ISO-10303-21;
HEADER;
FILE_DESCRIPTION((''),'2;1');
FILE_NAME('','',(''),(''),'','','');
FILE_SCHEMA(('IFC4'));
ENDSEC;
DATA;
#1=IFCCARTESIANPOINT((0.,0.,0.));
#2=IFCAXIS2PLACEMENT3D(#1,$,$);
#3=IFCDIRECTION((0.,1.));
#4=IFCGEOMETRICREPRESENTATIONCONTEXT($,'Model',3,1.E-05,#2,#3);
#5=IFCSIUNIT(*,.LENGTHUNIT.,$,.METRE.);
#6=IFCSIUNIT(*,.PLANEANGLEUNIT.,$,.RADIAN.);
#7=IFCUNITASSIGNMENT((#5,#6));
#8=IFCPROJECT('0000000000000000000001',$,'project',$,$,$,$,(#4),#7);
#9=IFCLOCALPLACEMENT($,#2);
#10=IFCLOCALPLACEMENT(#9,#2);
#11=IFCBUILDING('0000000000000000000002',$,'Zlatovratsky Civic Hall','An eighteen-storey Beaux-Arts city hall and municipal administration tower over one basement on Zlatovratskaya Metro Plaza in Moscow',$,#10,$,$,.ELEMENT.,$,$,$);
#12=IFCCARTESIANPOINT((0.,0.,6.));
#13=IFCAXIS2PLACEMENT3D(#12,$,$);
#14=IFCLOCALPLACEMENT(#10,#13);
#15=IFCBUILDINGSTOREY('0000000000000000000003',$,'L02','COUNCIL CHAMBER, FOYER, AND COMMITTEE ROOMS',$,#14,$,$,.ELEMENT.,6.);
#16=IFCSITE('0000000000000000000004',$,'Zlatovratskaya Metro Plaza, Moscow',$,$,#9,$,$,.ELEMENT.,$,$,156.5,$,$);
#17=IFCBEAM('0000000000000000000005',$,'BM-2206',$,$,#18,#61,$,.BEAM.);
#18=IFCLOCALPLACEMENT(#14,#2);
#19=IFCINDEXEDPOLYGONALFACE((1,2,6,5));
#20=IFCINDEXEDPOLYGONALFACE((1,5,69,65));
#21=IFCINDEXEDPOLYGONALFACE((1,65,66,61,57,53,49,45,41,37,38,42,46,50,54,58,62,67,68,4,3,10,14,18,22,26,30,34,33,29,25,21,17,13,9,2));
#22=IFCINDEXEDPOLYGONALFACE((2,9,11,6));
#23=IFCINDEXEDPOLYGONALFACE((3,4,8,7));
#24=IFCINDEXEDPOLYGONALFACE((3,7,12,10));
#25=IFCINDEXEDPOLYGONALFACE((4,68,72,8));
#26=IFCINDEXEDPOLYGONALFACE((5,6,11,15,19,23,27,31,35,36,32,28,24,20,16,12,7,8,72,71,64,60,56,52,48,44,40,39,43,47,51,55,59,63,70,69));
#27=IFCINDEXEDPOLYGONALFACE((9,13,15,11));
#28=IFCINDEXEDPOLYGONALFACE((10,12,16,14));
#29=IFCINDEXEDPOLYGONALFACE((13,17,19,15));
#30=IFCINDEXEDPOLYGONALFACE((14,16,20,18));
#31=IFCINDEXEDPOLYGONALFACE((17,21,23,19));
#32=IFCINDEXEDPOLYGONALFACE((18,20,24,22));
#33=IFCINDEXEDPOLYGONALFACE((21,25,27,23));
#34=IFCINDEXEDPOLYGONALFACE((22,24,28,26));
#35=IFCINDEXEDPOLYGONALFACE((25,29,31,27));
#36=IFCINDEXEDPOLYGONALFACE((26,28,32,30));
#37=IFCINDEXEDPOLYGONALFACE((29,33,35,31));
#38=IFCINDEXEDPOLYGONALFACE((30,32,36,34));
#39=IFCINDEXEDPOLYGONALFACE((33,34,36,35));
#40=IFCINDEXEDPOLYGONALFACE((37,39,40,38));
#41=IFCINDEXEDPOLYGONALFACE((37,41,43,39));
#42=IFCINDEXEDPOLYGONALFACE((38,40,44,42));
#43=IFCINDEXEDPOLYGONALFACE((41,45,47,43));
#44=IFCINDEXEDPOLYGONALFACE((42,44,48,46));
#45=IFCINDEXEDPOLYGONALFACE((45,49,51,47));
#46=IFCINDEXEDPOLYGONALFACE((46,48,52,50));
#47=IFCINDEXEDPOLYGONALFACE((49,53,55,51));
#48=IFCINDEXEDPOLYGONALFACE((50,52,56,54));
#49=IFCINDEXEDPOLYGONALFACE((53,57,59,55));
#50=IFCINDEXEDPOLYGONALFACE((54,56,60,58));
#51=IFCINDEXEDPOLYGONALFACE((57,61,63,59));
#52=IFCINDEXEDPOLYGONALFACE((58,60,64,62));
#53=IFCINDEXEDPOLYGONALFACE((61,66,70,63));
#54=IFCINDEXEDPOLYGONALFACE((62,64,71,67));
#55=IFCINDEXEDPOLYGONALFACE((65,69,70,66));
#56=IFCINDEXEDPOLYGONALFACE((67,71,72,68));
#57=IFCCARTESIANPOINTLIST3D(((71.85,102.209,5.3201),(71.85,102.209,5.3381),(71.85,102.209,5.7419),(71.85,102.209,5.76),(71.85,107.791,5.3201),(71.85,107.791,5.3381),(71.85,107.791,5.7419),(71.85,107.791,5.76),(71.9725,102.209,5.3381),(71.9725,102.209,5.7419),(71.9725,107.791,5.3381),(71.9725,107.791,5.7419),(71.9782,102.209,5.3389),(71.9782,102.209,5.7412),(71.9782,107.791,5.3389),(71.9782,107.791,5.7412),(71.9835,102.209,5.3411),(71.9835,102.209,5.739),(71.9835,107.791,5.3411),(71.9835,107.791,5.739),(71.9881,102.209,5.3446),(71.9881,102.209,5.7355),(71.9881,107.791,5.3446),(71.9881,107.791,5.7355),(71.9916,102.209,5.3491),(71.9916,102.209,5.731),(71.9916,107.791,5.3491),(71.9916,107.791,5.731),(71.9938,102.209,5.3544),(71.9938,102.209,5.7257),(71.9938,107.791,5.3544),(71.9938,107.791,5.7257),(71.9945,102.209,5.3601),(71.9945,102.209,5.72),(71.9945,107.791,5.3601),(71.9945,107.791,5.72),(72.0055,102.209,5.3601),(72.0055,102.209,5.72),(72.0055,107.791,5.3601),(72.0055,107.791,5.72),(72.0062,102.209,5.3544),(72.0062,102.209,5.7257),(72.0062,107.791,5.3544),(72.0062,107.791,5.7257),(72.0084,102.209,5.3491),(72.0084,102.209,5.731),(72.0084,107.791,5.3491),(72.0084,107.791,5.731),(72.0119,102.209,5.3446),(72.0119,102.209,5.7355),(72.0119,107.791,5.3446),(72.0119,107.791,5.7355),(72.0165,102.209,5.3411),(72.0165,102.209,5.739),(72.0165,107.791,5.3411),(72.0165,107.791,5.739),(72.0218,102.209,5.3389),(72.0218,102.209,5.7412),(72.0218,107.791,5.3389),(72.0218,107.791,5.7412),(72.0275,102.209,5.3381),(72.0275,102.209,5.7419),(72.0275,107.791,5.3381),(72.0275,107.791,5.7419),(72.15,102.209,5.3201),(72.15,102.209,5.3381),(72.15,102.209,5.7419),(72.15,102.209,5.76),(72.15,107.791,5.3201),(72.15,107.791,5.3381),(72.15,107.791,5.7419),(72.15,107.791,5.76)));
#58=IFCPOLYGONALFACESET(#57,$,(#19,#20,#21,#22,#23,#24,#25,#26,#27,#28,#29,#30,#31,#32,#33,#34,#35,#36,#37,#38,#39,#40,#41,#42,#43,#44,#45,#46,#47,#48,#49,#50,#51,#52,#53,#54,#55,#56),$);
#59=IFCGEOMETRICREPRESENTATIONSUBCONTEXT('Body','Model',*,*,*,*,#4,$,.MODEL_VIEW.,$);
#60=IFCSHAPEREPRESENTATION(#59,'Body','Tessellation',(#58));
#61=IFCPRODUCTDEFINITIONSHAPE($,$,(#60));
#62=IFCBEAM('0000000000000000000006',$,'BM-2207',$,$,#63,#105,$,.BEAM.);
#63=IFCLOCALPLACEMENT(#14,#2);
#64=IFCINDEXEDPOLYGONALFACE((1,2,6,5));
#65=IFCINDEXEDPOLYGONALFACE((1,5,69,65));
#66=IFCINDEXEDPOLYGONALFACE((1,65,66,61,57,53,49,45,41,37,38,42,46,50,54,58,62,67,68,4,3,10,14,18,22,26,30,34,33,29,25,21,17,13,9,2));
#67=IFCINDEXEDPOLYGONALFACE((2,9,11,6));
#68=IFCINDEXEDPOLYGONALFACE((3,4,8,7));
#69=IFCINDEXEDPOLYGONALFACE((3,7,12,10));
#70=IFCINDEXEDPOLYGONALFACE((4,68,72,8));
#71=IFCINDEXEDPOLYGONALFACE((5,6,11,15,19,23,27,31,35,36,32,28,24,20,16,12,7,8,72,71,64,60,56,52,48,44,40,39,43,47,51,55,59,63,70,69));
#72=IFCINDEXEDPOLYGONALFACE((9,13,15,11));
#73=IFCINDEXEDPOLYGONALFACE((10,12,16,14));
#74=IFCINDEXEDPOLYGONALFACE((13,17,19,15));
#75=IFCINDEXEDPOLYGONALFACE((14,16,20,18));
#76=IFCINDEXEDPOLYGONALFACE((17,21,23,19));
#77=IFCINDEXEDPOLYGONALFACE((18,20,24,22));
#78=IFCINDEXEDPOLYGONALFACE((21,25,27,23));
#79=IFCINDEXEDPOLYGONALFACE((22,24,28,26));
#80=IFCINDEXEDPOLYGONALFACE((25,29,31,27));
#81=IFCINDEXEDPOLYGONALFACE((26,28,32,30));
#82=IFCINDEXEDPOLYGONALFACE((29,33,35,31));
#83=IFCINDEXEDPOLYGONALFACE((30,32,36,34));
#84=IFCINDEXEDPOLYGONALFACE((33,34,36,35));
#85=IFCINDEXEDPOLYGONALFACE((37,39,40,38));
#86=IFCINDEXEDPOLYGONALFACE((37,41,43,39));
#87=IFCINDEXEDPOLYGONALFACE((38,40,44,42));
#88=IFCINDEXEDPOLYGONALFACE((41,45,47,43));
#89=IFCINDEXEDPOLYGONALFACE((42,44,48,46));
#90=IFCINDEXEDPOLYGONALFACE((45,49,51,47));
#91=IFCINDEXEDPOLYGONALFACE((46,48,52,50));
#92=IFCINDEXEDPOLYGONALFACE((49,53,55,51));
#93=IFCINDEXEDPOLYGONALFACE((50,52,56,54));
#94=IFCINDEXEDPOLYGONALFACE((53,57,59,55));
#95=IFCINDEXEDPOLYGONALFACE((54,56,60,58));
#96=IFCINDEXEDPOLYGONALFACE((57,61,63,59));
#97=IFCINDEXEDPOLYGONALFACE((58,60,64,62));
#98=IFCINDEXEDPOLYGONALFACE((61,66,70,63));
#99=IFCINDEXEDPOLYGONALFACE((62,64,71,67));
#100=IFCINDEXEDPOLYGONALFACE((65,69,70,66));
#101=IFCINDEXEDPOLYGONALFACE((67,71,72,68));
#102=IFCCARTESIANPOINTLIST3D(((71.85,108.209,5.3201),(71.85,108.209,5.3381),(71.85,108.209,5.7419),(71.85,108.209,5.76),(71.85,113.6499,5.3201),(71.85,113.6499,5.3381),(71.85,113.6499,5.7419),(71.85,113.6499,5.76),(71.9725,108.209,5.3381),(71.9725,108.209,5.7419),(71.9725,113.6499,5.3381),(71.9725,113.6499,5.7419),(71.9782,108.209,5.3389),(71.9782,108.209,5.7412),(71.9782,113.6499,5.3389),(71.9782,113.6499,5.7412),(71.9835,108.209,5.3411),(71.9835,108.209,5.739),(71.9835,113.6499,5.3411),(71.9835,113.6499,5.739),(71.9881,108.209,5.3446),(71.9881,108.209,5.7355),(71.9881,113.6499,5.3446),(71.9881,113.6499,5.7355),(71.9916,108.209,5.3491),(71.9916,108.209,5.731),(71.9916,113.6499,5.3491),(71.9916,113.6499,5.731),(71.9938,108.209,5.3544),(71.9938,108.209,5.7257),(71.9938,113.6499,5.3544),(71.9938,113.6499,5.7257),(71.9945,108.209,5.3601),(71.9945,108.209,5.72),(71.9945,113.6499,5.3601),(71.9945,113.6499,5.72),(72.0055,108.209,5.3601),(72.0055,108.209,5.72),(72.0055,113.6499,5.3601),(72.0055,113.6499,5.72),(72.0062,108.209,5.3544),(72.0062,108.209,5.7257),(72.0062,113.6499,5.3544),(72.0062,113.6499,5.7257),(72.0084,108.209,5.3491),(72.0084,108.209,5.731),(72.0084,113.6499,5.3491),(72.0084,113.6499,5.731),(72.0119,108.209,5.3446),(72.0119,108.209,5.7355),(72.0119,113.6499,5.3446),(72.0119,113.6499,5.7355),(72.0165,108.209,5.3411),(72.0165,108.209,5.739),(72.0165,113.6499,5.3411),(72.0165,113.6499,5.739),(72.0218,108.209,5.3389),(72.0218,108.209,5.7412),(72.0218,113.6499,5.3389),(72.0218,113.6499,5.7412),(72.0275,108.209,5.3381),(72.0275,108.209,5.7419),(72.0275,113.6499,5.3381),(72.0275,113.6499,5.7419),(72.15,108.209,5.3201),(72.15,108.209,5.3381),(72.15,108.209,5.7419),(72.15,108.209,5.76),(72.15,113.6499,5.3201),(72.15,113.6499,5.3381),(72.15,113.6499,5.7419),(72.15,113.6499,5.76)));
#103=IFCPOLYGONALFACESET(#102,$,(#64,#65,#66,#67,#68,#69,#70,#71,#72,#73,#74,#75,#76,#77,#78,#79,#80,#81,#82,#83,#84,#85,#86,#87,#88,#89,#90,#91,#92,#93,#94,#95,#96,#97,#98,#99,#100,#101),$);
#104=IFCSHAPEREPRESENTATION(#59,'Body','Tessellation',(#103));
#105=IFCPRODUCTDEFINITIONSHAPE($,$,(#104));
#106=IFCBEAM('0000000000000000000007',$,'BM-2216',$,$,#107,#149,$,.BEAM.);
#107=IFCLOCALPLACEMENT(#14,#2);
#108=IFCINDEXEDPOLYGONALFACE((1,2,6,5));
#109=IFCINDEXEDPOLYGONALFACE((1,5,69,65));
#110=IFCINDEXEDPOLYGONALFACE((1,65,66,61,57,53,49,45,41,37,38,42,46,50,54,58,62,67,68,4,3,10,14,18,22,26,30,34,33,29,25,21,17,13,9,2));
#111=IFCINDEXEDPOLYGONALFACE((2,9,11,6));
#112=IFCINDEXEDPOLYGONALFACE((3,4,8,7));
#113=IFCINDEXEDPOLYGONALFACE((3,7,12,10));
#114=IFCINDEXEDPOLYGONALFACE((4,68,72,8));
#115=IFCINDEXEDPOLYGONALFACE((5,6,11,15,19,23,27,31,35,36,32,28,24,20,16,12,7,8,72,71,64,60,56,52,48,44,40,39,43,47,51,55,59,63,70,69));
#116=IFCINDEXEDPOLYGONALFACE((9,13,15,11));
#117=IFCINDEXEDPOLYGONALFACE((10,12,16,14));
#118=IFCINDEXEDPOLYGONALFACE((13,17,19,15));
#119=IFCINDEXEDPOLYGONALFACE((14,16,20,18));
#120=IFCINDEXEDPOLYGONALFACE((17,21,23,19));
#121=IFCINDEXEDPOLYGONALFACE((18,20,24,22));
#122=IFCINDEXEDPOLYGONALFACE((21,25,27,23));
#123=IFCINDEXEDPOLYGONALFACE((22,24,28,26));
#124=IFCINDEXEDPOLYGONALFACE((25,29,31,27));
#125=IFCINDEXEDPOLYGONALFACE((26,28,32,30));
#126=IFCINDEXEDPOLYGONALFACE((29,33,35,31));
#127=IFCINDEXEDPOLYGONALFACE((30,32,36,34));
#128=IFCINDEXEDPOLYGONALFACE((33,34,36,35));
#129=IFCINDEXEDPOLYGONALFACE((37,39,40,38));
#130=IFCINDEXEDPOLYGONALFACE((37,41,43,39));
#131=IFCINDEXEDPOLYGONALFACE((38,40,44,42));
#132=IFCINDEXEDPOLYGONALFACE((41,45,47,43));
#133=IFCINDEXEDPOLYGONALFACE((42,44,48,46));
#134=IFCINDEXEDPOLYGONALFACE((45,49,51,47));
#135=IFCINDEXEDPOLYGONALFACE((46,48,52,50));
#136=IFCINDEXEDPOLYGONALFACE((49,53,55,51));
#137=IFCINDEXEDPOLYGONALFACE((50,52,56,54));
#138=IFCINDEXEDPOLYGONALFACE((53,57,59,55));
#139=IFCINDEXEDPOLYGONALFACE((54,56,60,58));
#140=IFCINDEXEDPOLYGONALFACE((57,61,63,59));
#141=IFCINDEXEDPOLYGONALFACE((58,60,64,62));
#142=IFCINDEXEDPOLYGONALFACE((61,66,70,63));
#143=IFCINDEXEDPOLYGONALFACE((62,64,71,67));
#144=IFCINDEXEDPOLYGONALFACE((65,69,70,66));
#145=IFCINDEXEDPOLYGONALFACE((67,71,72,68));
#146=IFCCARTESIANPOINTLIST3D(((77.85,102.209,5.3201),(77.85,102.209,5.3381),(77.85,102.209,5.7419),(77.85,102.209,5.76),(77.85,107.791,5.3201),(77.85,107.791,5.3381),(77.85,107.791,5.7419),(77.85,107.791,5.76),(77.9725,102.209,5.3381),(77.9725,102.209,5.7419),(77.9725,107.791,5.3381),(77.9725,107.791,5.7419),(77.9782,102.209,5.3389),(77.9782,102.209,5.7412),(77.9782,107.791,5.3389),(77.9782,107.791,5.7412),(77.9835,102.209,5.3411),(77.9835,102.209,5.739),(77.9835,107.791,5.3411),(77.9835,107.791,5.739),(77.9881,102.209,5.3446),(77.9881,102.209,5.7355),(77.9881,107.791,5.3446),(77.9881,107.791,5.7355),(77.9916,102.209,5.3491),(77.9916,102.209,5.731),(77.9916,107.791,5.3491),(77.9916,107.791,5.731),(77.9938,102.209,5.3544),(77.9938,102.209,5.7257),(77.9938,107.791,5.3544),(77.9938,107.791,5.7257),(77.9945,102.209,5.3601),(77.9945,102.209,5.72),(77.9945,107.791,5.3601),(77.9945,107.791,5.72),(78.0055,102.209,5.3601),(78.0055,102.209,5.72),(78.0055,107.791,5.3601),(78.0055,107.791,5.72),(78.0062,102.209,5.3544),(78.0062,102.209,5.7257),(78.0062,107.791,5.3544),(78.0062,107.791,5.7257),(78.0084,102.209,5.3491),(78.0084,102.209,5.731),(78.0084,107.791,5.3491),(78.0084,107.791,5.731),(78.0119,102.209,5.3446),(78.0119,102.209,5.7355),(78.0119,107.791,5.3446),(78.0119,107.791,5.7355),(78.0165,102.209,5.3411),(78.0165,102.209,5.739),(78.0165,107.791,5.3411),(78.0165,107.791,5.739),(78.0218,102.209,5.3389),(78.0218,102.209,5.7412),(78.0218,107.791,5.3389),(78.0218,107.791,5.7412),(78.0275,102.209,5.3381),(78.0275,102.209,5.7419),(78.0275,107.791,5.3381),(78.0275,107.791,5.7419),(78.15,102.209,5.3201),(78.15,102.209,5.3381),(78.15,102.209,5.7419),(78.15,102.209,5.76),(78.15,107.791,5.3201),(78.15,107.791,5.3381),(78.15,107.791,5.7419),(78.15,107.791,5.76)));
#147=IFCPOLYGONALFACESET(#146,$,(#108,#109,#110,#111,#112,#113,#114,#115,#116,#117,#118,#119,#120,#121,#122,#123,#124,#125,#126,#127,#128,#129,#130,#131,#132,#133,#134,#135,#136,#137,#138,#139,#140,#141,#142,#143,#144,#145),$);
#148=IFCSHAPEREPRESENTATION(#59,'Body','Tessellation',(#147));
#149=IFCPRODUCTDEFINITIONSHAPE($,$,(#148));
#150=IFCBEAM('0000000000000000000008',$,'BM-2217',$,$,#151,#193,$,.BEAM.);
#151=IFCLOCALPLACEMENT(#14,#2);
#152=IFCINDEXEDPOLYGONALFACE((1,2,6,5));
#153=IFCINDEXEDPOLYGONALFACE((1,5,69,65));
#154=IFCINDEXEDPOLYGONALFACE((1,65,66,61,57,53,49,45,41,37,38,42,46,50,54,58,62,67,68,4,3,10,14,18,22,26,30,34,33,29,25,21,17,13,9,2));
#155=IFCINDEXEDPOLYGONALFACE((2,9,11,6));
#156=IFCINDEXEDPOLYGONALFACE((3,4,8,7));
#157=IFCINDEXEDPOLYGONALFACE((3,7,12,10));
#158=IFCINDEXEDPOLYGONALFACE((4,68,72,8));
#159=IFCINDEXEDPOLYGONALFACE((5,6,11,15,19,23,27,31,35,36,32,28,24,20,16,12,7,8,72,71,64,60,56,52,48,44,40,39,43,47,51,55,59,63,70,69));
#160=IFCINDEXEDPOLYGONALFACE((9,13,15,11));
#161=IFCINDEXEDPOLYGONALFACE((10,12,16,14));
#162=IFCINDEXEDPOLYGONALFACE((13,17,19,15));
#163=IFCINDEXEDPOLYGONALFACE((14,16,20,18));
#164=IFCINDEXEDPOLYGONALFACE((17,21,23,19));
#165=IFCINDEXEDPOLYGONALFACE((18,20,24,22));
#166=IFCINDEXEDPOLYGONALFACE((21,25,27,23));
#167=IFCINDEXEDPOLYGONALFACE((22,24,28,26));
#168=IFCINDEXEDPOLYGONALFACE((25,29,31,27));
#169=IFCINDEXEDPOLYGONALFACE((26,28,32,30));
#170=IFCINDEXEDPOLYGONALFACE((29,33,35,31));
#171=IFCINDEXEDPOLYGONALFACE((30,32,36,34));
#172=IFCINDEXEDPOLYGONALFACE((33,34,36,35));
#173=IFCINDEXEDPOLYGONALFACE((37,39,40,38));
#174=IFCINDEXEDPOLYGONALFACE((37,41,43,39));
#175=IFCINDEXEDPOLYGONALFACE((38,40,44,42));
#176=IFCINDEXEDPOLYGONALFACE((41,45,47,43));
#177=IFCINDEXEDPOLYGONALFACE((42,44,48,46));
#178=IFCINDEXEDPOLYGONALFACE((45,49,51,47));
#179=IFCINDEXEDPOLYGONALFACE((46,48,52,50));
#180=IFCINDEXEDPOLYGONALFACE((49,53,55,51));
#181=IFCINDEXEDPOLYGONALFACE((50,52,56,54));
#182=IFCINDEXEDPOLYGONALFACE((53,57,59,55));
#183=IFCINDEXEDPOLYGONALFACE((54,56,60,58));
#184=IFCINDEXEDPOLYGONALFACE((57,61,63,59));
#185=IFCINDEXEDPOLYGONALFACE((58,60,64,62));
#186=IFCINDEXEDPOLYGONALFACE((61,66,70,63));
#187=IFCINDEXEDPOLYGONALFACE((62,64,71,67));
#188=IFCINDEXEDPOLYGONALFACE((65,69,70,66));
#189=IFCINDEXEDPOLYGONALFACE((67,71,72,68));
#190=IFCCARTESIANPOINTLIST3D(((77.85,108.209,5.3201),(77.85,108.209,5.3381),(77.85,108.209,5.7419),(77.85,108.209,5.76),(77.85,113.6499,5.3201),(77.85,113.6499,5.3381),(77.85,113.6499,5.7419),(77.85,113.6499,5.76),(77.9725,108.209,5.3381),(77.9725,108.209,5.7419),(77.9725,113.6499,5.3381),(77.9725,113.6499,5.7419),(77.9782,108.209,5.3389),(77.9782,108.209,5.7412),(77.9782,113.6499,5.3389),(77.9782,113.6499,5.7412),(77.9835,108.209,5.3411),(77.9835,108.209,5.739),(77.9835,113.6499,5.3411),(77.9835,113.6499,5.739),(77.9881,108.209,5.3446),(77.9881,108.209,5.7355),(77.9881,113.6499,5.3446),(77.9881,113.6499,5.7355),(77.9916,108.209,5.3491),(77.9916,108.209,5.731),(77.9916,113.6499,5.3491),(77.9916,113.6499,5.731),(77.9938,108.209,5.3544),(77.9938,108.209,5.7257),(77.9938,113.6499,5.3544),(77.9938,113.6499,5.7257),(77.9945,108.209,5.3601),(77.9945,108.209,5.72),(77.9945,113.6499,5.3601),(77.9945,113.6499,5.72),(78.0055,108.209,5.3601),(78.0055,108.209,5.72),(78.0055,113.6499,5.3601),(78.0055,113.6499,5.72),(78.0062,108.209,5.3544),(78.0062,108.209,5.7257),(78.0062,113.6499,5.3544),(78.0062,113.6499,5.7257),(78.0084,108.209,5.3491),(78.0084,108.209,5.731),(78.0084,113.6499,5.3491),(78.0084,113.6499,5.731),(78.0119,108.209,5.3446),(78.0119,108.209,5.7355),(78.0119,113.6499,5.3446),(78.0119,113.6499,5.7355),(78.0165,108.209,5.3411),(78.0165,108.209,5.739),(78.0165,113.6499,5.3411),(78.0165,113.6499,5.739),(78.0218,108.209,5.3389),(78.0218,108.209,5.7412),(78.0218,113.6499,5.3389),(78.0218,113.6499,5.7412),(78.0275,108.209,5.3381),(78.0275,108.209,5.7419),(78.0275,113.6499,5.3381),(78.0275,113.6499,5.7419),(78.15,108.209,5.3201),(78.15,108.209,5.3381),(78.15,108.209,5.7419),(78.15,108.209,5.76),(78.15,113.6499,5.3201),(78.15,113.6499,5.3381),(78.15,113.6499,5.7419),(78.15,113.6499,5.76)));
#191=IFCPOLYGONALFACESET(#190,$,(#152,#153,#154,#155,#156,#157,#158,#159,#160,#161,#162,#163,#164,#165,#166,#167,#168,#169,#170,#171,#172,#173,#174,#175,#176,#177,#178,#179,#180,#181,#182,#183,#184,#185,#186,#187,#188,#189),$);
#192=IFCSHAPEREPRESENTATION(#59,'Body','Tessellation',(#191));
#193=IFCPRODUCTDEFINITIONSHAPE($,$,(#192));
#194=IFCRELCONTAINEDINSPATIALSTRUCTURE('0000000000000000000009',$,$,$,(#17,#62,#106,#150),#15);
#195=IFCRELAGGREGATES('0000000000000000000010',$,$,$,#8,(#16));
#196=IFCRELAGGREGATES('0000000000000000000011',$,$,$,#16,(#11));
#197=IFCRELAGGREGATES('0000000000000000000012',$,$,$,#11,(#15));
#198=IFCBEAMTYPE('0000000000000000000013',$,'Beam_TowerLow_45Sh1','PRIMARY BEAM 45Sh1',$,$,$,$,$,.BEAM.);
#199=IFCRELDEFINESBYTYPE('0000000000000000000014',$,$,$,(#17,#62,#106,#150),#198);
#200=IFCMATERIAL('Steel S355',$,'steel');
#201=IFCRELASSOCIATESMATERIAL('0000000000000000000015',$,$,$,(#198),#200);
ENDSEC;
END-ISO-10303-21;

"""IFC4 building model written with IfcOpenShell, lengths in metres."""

from ifc_helpers import new_model, si_unit, direction, frame, origin, origin_2d, place, context, subcontext, project, spatial, i_section, extrude, material, material_profile, profile_set, type_object, element, save


model = new_model("IFC4")

# Units and contexts
model_context = context("Model", 3, precision=1e-05, world=origin(), true_north=direction((0.0, 1.0)))
body_context = subcontext(model_context, "Body", "Model", "MODEL_VIEW")
ifc_project = project(units=[si_unit("LENGTHUNIT", "METRE"), si_unit("PLANEANGLEUNIT", "RADIAN")], contexts=[model_context])

# Site, building, storey
site_placement = place(None, origin())
site = spatial("IfcSite", under=ifc_project, at=site_placement, Name="Zlatovratskaya Metro Plaza, Moscow", CompositionType="ELEMENT", RefElevation=156.5)
building_placement = place(site_placement, origin())
building = spatial("IfcBuilding", under=site, at=building_placement, Name="Zlatovratsky Civic Hall", Description="An eighteen-storey Beaux-Arts city hall and municipal administration tower over one basement on Zlatovratskaya Metro Plaza in Moscow", CompositionType="ELEMENT")
storey_placement = place(building_placement, frame((0.0, 0.0, 6.0)))
storey = spatial("IfcBuildingStorey", under=building, at=storey_placement, Name="L02", Description="COUNCIL CHAMBER, FOYER, AND COMMITTEE ROOMS", CompositionType="ELEMENT", Elevation=6.0)

# Shared definitions
ifc_material_1 = material(Name="Steel S355", Category="steel")

# Beams
ifc_material_profile_1 = material_profile(ifc_material_1, i_section(OverallWidth=0.3, OverallDepth=0.4399, WebThickness=0.011, FlangeThickness=0.0181, FilletRadius=0.022, at=origin_2d()), Name="45Sh1")
ifc_profile_set_1 = profile_set([ifc_material_profile_1], Name="Steel S355")
beam_type_1 = type_object("IfcBeamType", Name="Beam_TowerLow_45Sh1", Description="PRIMARY BEAM 45Sh1", PredefinedType="BEAM", material=ifc_profile_set_1)
beam_1_placement = place(storey_placement, frame((72.0, 102.209, 5.54), z_axis=(0.0, 1.0, 0.0), x_axis=(-1.0, 0.0, 0.0)))
element("IfcBeam", 1, at=beam_1_placement, inside=storey, type_object=beam_type_1, Name="BM-2206", PredefinedType="BEAM", context=body_context, shape_type="SweptSolid", body=[
    extrude(i_section(OverallWidth=0.3, OverallDepth=0.4399, WebThickness=0.011, FlangeThickness=0.0181, FilletRadius=0.022, at=origin_2d()), origin(), (0.0, 0.0, 1.0), 5.582),
])
beam_2_placement = place(storey_placement, frame((72.0, 108.209, 5.54), z_axis=(0.0, 1.0, 0.0), x_axis=(-1.0, 0.0, 0.0)))
element("IfcBeam", 2, at=beam_2_placement, inside=storey, type_object=beam_type_1, Name="BM-2207", PredefinedType="BEAM", context=body_context, shape_type="SweptSolid", body=[
    extrude(i_section(OverallWidth=0.3, OverallDepth=0.4399, WebThickness=0.011, FlangeThickness=0.0181, FilletRadius=0.022, at=origin_2d()), origin(), (0.0, 0.0, 1.0), 5.4409),
])
beam_3_placement = place(storey_placement, frame((78.0, 102.209, 5.54), z_axis=(0.0, 1.0, 0.0), x_axis=(-1.0, 0.0, 0.0)))
element("IfcBeam", 3, at=beam_3_placement, inside=storey, type_object=beam_type_1, Name="BM-2216", PredefinedType="BEAM", context=body_context, shape_type="SweptSolid", body=[
    extrude(i_section(OverallWidth=0.3, OverallDepth=0.4399, WebThickness=0.011, FlangeThickness=0.0181, FilletRadius=0.022, at=origin_2d()), origin(), (0.0, 0.0, 1.0), 5.582),
])
beam_4_placement = place(storey_placement, frame((78.0, 108.209, 5.54), z_axis=(0.0, 1.0, 0.0), x_axis=(-1.0, 0.0, 0.0)))
element("IfcBeam", 4, at=beam_4_placement, inside=storey, type_object=beam_type_1, Name="BM-2217", PredefinedType="BEAM", context=body_context, shape_type="SweptSolid", body=[
    extrude(i_section(OverallWidth=0.3, OverallDepth=0.4399, WebThickness=0.011, FlangeThickness=0.0181, FilletRadius=0.022, at=origin_2d()), origin(), (0.0, 0.0, 1.0), 5.4409),
])

save(model, "model.ifc")
